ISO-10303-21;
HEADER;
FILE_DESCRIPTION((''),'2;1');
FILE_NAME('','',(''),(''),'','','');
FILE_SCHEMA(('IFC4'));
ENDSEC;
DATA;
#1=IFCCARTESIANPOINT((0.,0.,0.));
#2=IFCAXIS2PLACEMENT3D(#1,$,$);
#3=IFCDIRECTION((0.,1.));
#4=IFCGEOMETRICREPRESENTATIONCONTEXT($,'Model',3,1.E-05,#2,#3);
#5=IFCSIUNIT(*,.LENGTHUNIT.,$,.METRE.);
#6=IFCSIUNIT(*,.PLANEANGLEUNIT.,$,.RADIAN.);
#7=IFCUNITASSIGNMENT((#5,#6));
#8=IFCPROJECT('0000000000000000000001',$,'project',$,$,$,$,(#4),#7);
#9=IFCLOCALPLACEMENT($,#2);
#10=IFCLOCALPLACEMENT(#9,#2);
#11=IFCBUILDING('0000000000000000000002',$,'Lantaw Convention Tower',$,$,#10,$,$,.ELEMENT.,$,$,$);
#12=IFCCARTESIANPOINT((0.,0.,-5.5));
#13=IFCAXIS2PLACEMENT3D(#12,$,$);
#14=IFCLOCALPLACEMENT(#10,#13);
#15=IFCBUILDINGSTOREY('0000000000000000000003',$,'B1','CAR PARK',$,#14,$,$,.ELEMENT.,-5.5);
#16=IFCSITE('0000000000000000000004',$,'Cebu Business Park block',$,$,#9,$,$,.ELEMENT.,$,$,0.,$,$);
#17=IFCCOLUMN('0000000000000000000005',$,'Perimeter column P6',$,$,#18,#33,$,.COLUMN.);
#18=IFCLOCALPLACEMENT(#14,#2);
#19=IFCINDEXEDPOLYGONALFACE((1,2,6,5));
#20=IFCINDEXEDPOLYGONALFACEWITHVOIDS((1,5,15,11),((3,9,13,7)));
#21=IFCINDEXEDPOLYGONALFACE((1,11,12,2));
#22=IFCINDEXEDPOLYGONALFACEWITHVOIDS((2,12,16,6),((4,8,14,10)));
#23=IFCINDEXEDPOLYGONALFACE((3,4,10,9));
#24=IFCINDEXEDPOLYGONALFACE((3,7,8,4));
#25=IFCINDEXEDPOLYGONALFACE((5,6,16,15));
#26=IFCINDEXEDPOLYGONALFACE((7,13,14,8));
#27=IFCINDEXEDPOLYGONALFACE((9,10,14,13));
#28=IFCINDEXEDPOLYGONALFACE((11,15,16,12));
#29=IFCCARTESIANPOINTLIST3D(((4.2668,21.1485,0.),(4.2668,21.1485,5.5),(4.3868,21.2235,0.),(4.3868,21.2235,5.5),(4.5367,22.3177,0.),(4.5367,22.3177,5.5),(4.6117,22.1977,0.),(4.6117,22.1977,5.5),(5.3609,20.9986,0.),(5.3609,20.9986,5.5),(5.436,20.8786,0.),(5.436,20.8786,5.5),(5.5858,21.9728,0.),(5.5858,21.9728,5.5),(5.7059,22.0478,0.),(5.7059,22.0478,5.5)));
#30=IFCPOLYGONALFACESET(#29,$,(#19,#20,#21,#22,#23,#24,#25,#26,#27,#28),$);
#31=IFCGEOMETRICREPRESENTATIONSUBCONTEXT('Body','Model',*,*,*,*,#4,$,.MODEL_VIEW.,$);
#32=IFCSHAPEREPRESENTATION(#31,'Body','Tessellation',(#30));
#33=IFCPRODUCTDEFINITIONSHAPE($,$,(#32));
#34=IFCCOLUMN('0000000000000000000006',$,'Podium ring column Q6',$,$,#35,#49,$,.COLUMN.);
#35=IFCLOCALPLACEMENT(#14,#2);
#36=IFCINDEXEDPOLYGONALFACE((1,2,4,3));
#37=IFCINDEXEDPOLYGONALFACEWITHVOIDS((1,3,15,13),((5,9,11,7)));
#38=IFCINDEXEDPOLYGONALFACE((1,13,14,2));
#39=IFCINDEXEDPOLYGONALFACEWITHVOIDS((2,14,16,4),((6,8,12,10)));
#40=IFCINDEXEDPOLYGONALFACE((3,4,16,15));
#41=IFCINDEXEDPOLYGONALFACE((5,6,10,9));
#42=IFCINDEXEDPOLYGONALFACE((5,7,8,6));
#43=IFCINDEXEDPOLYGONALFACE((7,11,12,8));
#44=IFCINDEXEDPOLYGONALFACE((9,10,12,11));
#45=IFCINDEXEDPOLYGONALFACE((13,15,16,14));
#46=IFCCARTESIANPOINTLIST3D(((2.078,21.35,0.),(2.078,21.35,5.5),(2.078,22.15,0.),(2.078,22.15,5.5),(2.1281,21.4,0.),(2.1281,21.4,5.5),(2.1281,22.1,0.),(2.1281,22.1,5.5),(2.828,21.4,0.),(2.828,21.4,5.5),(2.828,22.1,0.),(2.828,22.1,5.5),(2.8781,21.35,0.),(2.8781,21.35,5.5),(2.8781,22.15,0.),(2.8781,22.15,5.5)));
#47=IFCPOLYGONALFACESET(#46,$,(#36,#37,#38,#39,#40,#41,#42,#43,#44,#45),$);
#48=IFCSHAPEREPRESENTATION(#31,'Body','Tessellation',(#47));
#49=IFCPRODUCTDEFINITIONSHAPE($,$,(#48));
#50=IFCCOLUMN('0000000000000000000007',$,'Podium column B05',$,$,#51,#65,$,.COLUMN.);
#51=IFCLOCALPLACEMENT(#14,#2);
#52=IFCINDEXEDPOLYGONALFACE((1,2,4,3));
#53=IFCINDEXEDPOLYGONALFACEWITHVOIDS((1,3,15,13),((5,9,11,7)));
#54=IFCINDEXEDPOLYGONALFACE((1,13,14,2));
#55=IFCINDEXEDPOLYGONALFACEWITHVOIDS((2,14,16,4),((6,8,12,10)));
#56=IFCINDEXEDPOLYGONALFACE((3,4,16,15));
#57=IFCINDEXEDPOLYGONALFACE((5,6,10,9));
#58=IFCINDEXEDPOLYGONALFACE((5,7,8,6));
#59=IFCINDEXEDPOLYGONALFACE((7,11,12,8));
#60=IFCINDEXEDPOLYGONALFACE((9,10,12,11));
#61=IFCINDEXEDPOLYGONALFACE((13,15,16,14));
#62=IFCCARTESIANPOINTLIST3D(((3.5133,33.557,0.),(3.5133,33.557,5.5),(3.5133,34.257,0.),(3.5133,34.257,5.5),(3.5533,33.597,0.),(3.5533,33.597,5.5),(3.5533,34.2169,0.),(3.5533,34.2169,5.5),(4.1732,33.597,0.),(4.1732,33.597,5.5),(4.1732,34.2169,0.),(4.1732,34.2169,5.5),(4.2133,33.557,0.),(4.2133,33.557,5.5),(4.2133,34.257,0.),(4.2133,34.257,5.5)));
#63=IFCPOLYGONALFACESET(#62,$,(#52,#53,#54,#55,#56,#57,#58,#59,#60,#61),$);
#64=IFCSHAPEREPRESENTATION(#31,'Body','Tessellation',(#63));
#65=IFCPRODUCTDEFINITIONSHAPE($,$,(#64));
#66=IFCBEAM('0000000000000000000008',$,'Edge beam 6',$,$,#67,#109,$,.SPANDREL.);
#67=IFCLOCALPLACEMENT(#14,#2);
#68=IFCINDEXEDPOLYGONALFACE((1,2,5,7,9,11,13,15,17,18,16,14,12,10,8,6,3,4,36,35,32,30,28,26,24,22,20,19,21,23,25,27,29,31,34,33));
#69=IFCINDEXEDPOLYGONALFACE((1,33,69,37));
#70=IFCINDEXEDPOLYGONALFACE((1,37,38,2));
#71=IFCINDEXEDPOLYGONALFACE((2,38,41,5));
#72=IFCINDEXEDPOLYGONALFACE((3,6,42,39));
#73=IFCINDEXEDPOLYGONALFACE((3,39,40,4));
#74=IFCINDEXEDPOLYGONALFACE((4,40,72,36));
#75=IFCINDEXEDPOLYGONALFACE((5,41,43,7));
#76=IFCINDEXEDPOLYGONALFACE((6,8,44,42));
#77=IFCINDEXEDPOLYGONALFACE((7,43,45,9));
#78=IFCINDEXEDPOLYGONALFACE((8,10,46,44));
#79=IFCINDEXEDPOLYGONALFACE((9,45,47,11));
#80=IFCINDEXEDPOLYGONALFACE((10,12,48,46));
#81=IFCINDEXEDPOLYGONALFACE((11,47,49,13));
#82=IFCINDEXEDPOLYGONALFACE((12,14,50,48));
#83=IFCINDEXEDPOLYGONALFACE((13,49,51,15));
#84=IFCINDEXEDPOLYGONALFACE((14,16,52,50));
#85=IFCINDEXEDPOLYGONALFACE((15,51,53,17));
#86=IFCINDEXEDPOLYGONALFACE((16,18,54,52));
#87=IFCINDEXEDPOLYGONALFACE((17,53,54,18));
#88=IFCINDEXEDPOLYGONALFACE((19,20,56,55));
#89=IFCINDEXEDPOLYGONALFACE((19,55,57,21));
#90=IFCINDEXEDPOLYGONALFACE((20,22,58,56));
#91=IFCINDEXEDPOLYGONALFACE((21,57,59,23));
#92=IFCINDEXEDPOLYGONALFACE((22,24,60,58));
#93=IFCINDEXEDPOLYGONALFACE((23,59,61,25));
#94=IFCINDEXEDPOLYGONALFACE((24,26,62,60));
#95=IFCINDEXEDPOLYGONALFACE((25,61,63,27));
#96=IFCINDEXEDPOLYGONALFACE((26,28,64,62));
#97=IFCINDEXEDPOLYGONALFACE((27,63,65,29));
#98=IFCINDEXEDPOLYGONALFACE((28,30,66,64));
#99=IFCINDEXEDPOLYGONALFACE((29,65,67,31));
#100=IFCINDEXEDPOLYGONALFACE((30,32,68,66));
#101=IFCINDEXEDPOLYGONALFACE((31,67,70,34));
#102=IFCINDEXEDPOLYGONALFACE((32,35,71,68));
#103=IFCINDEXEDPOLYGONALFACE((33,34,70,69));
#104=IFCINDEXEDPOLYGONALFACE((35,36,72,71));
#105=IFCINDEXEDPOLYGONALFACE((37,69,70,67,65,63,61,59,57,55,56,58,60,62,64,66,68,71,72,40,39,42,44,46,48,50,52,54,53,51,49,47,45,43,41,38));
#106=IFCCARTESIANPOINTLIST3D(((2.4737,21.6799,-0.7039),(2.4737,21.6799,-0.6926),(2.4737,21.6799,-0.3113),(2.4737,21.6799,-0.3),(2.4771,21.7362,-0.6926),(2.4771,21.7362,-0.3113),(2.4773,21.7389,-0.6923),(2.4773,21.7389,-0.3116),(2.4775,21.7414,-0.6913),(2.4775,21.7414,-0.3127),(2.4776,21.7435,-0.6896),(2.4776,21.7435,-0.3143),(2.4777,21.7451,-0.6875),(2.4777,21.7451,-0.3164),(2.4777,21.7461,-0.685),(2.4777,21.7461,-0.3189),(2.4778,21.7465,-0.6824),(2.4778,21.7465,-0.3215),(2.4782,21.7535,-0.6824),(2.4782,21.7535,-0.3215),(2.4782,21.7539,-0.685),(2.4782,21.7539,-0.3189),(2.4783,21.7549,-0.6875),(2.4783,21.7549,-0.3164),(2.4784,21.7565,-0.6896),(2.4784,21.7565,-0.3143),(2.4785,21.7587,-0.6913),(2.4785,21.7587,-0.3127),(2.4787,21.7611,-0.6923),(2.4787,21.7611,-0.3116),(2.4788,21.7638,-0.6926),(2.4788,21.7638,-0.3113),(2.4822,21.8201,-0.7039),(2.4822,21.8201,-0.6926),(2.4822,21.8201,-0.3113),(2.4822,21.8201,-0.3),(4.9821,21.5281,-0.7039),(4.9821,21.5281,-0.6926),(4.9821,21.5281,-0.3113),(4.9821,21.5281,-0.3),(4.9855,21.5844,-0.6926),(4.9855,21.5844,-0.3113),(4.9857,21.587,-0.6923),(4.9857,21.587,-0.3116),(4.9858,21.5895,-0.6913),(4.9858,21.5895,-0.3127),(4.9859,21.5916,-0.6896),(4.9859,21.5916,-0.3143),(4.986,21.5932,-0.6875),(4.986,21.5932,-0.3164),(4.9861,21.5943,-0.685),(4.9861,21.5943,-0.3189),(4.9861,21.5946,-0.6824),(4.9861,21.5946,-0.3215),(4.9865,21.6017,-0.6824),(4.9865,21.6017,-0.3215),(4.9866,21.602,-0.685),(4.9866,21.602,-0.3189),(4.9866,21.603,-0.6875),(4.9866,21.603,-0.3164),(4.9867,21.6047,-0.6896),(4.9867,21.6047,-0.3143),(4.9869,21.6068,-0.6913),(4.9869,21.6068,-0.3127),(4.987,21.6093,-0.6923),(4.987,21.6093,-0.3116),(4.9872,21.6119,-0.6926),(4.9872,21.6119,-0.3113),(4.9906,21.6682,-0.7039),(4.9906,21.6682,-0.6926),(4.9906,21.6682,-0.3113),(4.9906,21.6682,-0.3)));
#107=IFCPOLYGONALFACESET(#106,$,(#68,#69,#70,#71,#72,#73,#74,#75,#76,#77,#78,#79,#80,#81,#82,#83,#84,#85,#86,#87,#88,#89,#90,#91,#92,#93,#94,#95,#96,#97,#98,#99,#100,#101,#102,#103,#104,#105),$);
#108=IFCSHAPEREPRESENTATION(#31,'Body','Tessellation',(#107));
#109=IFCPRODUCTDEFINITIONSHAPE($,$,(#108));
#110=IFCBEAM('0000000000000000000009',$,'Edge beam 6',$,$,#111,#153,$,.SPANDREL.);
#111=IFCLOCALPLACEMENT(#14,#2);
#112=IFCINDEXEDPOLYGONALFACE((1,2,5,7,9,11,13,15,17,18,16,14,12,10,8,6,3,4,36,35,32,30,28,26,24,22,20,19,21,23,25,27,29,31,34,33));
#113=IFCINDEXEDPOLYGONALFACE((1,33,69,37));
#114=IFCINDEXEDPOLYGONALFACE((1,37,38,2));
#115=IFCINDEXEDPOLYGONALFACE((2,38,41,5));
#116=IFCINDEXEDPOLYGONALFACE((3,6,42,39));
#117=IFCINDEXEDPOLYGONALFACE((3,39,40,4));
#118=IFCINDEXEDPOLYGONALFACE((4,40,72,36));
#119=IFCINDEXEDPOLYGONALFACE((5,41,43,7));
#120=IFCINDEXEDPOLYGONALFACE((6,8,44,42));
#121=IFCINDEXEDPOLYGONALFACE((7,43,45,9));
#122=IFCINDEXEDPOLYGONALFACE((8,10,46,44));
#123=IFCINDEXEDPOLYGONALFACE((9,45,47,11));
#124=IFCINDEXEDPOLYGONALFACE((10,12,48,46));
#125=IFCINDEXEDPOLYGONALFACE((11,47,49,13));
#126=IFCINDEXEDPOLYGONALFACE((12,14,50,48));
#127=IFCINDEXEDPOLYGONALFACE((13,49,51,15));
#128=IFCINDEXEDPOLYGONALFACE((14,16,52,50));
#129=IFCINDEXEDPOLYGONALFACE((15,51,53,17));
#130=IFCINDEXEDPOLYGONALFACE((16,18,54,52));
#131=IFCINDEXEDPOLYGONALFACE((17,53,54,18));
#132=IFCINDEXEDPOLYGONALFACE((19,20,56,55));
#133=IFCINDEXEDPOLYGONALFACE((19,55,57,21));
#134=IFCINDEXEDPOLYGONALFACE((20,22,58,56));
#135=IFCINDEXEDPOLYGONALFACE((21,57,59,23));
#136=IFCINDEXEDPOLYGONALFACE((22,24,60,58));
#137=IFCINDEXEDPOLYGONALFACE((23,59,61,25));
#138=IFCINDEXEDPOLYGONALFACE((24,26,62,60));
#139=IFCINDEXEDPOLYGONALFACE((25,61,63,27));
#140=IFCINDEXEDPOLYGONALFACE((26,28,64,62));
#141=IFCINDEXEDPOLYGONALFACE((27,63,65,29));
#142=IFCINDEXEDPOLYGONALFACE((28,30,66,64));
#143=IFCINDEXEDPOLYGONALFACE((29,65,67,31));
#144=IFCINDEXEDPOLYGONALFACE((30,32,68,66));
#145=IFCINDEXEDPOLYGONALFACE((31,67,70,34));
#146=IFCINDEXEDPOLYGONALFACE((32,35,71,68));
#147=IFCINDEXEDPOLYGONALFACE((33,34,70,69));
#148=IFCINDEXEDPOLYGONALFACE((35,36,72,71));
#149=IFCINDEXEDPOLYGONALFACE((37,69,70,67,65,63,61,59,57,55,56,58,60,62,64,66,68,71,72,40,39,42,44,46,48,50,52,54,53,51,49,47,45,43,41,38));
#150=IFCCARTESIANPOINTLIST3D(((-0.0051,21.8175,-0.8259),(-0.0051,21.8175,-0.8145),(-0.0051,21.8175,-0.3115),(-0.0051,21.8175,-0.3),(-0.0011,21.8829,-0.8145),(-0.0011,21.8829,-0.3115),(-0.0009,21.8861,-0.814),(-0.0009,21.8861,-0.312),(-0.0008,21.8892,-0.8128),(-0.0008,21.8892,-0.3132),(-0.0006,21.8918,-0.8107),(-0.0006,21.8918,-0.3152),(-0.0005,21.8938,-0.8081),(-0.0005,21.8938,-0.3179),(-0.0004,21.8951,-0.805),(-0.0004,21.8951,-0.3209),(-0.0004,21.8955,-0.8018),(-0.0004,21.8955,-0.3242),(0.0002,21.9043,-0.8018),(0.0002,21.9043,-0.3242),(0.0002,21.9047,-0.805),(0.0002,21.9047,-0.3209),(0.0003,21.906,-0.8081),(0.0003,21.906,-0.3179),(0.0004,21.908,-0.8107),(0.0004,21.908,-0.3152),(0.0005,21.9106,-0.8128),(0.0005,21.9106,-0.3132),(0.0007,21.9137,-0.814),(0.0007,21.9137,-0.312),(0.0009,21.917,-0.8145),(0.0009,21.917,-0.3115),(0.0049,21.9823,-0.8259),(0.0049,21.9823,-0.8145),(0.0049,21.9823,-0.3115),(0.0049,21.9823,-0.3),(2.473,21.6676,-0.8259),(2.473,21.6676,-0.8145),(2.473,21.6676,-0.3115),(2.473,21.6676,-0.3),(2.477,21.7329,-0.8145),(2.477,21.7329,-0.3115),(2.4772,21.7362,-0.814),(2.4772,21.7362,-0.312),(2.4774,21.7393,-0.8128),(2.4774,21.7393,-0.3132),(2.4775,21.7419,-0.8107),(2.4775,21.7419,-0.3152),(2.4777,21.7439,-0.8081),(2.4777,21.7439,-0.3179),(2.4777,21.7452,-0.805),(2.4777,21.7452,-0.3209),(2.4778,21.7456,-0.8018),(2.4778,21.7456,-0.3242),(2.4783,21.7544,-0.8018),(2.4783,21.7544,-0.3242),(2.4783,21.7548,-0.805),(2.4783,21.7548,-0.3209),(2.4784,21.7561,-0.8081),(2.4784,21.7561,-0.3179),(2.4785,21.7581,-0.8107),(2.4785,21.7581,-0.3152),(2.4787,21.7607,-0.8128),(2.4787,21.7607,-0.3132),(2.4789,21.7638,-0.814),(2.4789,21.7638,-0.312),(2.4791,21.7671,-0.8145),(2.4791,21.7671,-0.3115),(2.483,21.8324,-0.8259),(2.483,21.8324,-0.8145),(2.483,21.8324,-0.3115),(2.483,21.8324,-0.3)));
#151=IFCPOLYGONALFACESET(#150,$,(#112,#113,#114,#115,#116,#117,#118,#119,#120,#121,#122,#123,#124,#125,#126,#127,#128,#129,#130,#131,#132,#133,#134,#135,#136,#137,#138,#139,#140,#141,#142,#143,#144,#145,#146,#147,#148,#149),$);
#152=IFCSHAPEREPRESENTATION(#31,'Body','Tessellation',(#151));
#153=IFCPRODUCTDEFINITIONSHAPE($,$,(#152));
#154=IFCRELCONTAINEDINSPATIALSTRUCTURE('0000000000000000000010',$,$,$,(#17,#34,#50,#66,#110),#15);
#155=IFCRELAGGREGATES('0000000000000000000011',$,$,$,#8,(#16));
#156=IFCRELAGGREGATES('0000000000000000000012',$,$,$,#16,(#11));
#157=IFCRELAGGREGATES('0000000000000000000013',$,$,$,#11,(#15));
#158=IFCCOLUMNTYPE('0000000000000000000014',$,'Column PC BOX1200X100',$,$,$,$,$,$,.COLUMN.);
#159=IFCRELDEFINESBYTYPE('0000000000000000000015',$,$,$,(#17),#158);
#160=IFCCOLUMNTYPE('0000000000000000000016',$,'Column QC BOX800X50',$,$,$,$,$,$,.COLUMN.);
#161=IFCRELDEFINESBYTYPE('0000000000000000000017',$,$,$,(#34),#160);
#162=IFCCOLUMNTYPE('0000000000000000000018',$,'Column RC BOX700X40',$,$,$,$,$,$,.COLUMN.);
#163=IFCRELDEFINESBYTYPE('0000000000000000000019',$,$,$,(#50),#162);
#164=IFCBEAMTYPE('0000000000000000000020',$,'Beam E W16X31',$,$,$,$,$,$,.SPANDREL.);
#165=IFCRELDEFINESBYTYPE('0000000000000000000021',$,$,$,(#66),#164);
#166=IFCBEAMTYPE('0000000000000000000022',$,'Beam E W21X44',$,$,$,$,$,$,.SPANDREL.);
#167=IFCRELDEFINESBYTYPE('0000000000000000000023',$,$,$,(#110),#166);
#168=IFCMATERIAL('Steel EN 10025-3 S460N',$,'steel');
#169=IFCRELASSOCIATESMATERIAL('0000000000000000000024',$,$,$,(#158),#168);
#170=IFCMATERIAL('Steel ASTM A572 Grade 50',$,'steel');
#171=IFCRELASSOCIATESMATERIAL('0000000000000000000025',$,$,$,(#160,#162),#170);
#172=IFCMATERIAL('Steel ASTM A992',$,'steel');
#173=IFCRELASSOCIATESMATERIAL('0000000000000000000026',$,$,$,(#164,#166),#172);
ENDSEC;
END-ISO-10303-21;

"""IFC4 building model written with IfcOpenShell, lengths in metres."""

from ifc_helpers import new_model, si_unit, direction, frame, origin, origin_2d, place, context, subcontext, project, spatial, rectangle, hollow_rectangle, i_section, extrude, material, material_profile, profile_set, type_object, element, save


model = new_model("IFC4")

# Units and contexts
model_context = context("Model", 3, precision=1e-05, world=origin(), true_north=direction((0.0, 1.0)))
body_context = subcontext(model_context, "Body", "Model", "MODEL_VIEW")
ifc_project = project(units=[si_unit("LENGTHUNIT", "METRE"), si_unit("PLANEANGLEUNIT", "RADIAN")], contexts=[model_context])

# Site, building, storey
site_placement = place(None, origin())
site = spatial("IfcSite", under=ifc_project, at=site_placement, Name="Cebu Business Park block", CompositionType="ELEMENT", RefElevation=0.0)
building_placement = place(site_placement, origin())
building = spatial("IfcBuilding", under=site, at=building_placement, Name="Lantaw Convention Tower", CompositionType="ELEMENT")
storey_placement = place(building_placement, frame((0.0, 0.0, -5.5)))
storey = spatial("IfcBuildingStorey", under=building, at=storey_placement, Name="B1", Description="CAR PARK", CompositionType="ELEMENT", Elevation=-5.5)

# Columns
ifc_material_1 = material(Name="Steel EN 10025-3 S460N", Category="steel")
ifc_material_profile_1 = material_profile(ifc_material_1, hollow_rectangle(XDim=1.2, YDim=1.2, WallThickness=0.1001, at=origin_2d()), Name="BOX1200X100")
ifc_material_2 = material(Name="Concrete C60/75", Category="concrete")
ifc_material_profile_2 = material_profile(ifc_material_2, rectangle(XDim=1.0, YDim=1.0, at=origin_2d()), Name="Concrete fill of BOX1200X100")
ifc_profile_set_1 = profile_set([ifc_material_profile_1, ifc_material_profile_2], Name="Steel EN 10025-3 S460N")
column_type_1 = type_object("IfcColumnType", Name="Column PC BOX1200X100", PredefinedType="COLUMN", material=ifc_profile_set_1)
column_1_placement = place(storey_placement, frame((4.9863, 21.5981, 0.0), z_axis=(0.0, 0.0, 1.0), x_axis=(0.224951, 0.97437, 0.0)))
element("IfcColumn", 1, at=column_1_placement, inside=storey, type_object=column_type_1, Name="Perimeter column P6", PredefinedType="COLUMN", context=body_context, shape_type="SweptSolid", body=[
    extrude(hollow_rectangle(XDim=1.2, YDim=1.2, WallThickness=0.1001, at=origin_2d()), origin(), (0.0, 0.0, 1.0), 5.5),
])
ifc_material_3 = material(Name="Steel ASTM A572 Grade 50", Category="steel")
ifc_material_profile_3 = material_profile(ifc_material_3, hollow_rectangle(XDim=0.8, YDim=0.8, WallThickness=0.05, at=origin_2d()), Name="BOX800X50")
ifc_profile_set_2 = profile_set([ifc_material_profile_3], Name="Steel ASTM A572 Grade 50")
column_type_2 = type_object("IfcColumnType", Name="Column QC BOX800X50", PredefinedType="COLUMN", material=ifc_profile_set_2)
column_2_placement = place(storey_placement, frame((2.478, 21.75, 0.0), z_axis=(0.0, 0.0, 1.0), x_axis=(1.0, 0.0, 0.0)))
element("IfcColumn", 2, at=column_2_placement, inside=storey, type_object=column_type_2, Name="Podium ring column Q6", PredefinedType="COLUMN", context=body_context, shape_type="SweptSolid", body=[
    extrude(hollow_rectangle(XDim=0.8, YDim=0.8, WallThickness=0.05, at=origin_2d()), origin(), (0.0, 0.0, 1.0), 5.5),
])
ifc_material_profile_4 = material_profile(ifc_material_3, hollow_rectangle(XDim=0.7, YDim=0.7, WallThickness=0.04, at=origin_2d()), Name="BOX700X40")
ifc_profile_set_3 = profile_set([ifc_material_profile_4], Name="Steel ASTM A572 Grade 50")
column_type_3 = type_object("IfcColumnType", Name="Column RC BOX700X40", PredefinedType="COLUMN", material=ifc_profile_set_3)
column_3_placement = place(storey_placement, frame((3.8633, 33.907, 0.0), z_axis=(0.0, 0.0, 1.0), x_axis=(1.0, 0.0, 0.0)))
element("IfcColumn", 3, at=column_3_placement, inside=storey, type_object=column_type_3, Name="Podium column B05", PredefinedType="COLUMN", context=body_context, shape_type="SweptSolid", body=[
    extrude(hollow_rectangle(XDim=0.7, YDim=0.7, WallThickness=0.04, at=origin_2d()), origin(), (0.0, 0.0, 1.0), 5.5),
])

# Beams
ifc_material_4 = material(Name="Steel ASTM A992", Category="steel")
ifc_material_profile_5 = material_profile(ifc_material_4, i_section(OverallWidth=0.1404, OverallDepth=0.4038, WebThickness=0.0071, FlangeThickness=0.0112, FilletRadius=0.0103, at=origin_2d()), Name="W16X31")
ifc_profile_set_4 = profile_set([ifc_material_profile_5], Name="Steel ASTM A992")
beam_type_1 = type_object("IfcBeamType", Name="Beam E W16X31", PredefinedType="SPANDREL", material=ifc_profile_set_4)
beam_1_placement = place(storey_placement, frame((4.9863, 21.5981, -0.502), z_axis=(-0.998172, 0.060431, 0.0), x_axis=(-0.060431, -0.998172, 0.0)))
element("IfcBeam", 4, at=beam_1_placement, inside=storey, type_object=beam_type_1, Name="Edge beam 6", PredefinedType="SPANDREL", context=body_context, shape_type="SweptSolid", body=[
    extrude(i_section(OverallWidth=0.1404, OverallDepth=0.4038, WebThickness=0.0071, FlangeThickness=0.0112, FilletRadius=0.0103, at=origin_2d()), origin(), (0.0, 0.0, 1.0), 2.5129),
])
ifc_material_profile_6 = material_profile(ifc_material_4, i_section(OverallWidth=0.165, OverallDepth=0.5259, WebThickness=0.0088, FlangeThickness=0.0115, FilletRadius=0.0127, at=origin_2d()), Name="W21X44")
ifc_profile_set_5 = profile_set([ifc_material_profile_6], Name="Steel ASTM A992")
beam_type_2 = type_object("IfcBeamType", Name="Beam E W21X44", PredefinedType="SPANDREL", material=ifc_profile_set_5)
beam_2_placement = place(storey_placement, frame((2.478, 21.75, -0.563), z_axis=(-0.998175, 0.060382, 0.0), x_axis=(-0.060382, -0.998175, 0.0)))
element("IfcBeam", 5, at=beam_2_placement, inside=storey, type_object=beam_type_2, Name="Edge beam 6", PredefinedType="SPANDREL", context=body_context, shape_type="SweptSolid", body=[
    extrude(i_section(OverallWidth=0.165, OverallDepth=0.5259, WebThickness=0.0088, FlangeThickness=0.0115, FilletRadius=0.0127, at=origin_2d()), origin(), (0.0, 0.0, 1.0), 2.4827),
])

save(model, "model.ifc")
